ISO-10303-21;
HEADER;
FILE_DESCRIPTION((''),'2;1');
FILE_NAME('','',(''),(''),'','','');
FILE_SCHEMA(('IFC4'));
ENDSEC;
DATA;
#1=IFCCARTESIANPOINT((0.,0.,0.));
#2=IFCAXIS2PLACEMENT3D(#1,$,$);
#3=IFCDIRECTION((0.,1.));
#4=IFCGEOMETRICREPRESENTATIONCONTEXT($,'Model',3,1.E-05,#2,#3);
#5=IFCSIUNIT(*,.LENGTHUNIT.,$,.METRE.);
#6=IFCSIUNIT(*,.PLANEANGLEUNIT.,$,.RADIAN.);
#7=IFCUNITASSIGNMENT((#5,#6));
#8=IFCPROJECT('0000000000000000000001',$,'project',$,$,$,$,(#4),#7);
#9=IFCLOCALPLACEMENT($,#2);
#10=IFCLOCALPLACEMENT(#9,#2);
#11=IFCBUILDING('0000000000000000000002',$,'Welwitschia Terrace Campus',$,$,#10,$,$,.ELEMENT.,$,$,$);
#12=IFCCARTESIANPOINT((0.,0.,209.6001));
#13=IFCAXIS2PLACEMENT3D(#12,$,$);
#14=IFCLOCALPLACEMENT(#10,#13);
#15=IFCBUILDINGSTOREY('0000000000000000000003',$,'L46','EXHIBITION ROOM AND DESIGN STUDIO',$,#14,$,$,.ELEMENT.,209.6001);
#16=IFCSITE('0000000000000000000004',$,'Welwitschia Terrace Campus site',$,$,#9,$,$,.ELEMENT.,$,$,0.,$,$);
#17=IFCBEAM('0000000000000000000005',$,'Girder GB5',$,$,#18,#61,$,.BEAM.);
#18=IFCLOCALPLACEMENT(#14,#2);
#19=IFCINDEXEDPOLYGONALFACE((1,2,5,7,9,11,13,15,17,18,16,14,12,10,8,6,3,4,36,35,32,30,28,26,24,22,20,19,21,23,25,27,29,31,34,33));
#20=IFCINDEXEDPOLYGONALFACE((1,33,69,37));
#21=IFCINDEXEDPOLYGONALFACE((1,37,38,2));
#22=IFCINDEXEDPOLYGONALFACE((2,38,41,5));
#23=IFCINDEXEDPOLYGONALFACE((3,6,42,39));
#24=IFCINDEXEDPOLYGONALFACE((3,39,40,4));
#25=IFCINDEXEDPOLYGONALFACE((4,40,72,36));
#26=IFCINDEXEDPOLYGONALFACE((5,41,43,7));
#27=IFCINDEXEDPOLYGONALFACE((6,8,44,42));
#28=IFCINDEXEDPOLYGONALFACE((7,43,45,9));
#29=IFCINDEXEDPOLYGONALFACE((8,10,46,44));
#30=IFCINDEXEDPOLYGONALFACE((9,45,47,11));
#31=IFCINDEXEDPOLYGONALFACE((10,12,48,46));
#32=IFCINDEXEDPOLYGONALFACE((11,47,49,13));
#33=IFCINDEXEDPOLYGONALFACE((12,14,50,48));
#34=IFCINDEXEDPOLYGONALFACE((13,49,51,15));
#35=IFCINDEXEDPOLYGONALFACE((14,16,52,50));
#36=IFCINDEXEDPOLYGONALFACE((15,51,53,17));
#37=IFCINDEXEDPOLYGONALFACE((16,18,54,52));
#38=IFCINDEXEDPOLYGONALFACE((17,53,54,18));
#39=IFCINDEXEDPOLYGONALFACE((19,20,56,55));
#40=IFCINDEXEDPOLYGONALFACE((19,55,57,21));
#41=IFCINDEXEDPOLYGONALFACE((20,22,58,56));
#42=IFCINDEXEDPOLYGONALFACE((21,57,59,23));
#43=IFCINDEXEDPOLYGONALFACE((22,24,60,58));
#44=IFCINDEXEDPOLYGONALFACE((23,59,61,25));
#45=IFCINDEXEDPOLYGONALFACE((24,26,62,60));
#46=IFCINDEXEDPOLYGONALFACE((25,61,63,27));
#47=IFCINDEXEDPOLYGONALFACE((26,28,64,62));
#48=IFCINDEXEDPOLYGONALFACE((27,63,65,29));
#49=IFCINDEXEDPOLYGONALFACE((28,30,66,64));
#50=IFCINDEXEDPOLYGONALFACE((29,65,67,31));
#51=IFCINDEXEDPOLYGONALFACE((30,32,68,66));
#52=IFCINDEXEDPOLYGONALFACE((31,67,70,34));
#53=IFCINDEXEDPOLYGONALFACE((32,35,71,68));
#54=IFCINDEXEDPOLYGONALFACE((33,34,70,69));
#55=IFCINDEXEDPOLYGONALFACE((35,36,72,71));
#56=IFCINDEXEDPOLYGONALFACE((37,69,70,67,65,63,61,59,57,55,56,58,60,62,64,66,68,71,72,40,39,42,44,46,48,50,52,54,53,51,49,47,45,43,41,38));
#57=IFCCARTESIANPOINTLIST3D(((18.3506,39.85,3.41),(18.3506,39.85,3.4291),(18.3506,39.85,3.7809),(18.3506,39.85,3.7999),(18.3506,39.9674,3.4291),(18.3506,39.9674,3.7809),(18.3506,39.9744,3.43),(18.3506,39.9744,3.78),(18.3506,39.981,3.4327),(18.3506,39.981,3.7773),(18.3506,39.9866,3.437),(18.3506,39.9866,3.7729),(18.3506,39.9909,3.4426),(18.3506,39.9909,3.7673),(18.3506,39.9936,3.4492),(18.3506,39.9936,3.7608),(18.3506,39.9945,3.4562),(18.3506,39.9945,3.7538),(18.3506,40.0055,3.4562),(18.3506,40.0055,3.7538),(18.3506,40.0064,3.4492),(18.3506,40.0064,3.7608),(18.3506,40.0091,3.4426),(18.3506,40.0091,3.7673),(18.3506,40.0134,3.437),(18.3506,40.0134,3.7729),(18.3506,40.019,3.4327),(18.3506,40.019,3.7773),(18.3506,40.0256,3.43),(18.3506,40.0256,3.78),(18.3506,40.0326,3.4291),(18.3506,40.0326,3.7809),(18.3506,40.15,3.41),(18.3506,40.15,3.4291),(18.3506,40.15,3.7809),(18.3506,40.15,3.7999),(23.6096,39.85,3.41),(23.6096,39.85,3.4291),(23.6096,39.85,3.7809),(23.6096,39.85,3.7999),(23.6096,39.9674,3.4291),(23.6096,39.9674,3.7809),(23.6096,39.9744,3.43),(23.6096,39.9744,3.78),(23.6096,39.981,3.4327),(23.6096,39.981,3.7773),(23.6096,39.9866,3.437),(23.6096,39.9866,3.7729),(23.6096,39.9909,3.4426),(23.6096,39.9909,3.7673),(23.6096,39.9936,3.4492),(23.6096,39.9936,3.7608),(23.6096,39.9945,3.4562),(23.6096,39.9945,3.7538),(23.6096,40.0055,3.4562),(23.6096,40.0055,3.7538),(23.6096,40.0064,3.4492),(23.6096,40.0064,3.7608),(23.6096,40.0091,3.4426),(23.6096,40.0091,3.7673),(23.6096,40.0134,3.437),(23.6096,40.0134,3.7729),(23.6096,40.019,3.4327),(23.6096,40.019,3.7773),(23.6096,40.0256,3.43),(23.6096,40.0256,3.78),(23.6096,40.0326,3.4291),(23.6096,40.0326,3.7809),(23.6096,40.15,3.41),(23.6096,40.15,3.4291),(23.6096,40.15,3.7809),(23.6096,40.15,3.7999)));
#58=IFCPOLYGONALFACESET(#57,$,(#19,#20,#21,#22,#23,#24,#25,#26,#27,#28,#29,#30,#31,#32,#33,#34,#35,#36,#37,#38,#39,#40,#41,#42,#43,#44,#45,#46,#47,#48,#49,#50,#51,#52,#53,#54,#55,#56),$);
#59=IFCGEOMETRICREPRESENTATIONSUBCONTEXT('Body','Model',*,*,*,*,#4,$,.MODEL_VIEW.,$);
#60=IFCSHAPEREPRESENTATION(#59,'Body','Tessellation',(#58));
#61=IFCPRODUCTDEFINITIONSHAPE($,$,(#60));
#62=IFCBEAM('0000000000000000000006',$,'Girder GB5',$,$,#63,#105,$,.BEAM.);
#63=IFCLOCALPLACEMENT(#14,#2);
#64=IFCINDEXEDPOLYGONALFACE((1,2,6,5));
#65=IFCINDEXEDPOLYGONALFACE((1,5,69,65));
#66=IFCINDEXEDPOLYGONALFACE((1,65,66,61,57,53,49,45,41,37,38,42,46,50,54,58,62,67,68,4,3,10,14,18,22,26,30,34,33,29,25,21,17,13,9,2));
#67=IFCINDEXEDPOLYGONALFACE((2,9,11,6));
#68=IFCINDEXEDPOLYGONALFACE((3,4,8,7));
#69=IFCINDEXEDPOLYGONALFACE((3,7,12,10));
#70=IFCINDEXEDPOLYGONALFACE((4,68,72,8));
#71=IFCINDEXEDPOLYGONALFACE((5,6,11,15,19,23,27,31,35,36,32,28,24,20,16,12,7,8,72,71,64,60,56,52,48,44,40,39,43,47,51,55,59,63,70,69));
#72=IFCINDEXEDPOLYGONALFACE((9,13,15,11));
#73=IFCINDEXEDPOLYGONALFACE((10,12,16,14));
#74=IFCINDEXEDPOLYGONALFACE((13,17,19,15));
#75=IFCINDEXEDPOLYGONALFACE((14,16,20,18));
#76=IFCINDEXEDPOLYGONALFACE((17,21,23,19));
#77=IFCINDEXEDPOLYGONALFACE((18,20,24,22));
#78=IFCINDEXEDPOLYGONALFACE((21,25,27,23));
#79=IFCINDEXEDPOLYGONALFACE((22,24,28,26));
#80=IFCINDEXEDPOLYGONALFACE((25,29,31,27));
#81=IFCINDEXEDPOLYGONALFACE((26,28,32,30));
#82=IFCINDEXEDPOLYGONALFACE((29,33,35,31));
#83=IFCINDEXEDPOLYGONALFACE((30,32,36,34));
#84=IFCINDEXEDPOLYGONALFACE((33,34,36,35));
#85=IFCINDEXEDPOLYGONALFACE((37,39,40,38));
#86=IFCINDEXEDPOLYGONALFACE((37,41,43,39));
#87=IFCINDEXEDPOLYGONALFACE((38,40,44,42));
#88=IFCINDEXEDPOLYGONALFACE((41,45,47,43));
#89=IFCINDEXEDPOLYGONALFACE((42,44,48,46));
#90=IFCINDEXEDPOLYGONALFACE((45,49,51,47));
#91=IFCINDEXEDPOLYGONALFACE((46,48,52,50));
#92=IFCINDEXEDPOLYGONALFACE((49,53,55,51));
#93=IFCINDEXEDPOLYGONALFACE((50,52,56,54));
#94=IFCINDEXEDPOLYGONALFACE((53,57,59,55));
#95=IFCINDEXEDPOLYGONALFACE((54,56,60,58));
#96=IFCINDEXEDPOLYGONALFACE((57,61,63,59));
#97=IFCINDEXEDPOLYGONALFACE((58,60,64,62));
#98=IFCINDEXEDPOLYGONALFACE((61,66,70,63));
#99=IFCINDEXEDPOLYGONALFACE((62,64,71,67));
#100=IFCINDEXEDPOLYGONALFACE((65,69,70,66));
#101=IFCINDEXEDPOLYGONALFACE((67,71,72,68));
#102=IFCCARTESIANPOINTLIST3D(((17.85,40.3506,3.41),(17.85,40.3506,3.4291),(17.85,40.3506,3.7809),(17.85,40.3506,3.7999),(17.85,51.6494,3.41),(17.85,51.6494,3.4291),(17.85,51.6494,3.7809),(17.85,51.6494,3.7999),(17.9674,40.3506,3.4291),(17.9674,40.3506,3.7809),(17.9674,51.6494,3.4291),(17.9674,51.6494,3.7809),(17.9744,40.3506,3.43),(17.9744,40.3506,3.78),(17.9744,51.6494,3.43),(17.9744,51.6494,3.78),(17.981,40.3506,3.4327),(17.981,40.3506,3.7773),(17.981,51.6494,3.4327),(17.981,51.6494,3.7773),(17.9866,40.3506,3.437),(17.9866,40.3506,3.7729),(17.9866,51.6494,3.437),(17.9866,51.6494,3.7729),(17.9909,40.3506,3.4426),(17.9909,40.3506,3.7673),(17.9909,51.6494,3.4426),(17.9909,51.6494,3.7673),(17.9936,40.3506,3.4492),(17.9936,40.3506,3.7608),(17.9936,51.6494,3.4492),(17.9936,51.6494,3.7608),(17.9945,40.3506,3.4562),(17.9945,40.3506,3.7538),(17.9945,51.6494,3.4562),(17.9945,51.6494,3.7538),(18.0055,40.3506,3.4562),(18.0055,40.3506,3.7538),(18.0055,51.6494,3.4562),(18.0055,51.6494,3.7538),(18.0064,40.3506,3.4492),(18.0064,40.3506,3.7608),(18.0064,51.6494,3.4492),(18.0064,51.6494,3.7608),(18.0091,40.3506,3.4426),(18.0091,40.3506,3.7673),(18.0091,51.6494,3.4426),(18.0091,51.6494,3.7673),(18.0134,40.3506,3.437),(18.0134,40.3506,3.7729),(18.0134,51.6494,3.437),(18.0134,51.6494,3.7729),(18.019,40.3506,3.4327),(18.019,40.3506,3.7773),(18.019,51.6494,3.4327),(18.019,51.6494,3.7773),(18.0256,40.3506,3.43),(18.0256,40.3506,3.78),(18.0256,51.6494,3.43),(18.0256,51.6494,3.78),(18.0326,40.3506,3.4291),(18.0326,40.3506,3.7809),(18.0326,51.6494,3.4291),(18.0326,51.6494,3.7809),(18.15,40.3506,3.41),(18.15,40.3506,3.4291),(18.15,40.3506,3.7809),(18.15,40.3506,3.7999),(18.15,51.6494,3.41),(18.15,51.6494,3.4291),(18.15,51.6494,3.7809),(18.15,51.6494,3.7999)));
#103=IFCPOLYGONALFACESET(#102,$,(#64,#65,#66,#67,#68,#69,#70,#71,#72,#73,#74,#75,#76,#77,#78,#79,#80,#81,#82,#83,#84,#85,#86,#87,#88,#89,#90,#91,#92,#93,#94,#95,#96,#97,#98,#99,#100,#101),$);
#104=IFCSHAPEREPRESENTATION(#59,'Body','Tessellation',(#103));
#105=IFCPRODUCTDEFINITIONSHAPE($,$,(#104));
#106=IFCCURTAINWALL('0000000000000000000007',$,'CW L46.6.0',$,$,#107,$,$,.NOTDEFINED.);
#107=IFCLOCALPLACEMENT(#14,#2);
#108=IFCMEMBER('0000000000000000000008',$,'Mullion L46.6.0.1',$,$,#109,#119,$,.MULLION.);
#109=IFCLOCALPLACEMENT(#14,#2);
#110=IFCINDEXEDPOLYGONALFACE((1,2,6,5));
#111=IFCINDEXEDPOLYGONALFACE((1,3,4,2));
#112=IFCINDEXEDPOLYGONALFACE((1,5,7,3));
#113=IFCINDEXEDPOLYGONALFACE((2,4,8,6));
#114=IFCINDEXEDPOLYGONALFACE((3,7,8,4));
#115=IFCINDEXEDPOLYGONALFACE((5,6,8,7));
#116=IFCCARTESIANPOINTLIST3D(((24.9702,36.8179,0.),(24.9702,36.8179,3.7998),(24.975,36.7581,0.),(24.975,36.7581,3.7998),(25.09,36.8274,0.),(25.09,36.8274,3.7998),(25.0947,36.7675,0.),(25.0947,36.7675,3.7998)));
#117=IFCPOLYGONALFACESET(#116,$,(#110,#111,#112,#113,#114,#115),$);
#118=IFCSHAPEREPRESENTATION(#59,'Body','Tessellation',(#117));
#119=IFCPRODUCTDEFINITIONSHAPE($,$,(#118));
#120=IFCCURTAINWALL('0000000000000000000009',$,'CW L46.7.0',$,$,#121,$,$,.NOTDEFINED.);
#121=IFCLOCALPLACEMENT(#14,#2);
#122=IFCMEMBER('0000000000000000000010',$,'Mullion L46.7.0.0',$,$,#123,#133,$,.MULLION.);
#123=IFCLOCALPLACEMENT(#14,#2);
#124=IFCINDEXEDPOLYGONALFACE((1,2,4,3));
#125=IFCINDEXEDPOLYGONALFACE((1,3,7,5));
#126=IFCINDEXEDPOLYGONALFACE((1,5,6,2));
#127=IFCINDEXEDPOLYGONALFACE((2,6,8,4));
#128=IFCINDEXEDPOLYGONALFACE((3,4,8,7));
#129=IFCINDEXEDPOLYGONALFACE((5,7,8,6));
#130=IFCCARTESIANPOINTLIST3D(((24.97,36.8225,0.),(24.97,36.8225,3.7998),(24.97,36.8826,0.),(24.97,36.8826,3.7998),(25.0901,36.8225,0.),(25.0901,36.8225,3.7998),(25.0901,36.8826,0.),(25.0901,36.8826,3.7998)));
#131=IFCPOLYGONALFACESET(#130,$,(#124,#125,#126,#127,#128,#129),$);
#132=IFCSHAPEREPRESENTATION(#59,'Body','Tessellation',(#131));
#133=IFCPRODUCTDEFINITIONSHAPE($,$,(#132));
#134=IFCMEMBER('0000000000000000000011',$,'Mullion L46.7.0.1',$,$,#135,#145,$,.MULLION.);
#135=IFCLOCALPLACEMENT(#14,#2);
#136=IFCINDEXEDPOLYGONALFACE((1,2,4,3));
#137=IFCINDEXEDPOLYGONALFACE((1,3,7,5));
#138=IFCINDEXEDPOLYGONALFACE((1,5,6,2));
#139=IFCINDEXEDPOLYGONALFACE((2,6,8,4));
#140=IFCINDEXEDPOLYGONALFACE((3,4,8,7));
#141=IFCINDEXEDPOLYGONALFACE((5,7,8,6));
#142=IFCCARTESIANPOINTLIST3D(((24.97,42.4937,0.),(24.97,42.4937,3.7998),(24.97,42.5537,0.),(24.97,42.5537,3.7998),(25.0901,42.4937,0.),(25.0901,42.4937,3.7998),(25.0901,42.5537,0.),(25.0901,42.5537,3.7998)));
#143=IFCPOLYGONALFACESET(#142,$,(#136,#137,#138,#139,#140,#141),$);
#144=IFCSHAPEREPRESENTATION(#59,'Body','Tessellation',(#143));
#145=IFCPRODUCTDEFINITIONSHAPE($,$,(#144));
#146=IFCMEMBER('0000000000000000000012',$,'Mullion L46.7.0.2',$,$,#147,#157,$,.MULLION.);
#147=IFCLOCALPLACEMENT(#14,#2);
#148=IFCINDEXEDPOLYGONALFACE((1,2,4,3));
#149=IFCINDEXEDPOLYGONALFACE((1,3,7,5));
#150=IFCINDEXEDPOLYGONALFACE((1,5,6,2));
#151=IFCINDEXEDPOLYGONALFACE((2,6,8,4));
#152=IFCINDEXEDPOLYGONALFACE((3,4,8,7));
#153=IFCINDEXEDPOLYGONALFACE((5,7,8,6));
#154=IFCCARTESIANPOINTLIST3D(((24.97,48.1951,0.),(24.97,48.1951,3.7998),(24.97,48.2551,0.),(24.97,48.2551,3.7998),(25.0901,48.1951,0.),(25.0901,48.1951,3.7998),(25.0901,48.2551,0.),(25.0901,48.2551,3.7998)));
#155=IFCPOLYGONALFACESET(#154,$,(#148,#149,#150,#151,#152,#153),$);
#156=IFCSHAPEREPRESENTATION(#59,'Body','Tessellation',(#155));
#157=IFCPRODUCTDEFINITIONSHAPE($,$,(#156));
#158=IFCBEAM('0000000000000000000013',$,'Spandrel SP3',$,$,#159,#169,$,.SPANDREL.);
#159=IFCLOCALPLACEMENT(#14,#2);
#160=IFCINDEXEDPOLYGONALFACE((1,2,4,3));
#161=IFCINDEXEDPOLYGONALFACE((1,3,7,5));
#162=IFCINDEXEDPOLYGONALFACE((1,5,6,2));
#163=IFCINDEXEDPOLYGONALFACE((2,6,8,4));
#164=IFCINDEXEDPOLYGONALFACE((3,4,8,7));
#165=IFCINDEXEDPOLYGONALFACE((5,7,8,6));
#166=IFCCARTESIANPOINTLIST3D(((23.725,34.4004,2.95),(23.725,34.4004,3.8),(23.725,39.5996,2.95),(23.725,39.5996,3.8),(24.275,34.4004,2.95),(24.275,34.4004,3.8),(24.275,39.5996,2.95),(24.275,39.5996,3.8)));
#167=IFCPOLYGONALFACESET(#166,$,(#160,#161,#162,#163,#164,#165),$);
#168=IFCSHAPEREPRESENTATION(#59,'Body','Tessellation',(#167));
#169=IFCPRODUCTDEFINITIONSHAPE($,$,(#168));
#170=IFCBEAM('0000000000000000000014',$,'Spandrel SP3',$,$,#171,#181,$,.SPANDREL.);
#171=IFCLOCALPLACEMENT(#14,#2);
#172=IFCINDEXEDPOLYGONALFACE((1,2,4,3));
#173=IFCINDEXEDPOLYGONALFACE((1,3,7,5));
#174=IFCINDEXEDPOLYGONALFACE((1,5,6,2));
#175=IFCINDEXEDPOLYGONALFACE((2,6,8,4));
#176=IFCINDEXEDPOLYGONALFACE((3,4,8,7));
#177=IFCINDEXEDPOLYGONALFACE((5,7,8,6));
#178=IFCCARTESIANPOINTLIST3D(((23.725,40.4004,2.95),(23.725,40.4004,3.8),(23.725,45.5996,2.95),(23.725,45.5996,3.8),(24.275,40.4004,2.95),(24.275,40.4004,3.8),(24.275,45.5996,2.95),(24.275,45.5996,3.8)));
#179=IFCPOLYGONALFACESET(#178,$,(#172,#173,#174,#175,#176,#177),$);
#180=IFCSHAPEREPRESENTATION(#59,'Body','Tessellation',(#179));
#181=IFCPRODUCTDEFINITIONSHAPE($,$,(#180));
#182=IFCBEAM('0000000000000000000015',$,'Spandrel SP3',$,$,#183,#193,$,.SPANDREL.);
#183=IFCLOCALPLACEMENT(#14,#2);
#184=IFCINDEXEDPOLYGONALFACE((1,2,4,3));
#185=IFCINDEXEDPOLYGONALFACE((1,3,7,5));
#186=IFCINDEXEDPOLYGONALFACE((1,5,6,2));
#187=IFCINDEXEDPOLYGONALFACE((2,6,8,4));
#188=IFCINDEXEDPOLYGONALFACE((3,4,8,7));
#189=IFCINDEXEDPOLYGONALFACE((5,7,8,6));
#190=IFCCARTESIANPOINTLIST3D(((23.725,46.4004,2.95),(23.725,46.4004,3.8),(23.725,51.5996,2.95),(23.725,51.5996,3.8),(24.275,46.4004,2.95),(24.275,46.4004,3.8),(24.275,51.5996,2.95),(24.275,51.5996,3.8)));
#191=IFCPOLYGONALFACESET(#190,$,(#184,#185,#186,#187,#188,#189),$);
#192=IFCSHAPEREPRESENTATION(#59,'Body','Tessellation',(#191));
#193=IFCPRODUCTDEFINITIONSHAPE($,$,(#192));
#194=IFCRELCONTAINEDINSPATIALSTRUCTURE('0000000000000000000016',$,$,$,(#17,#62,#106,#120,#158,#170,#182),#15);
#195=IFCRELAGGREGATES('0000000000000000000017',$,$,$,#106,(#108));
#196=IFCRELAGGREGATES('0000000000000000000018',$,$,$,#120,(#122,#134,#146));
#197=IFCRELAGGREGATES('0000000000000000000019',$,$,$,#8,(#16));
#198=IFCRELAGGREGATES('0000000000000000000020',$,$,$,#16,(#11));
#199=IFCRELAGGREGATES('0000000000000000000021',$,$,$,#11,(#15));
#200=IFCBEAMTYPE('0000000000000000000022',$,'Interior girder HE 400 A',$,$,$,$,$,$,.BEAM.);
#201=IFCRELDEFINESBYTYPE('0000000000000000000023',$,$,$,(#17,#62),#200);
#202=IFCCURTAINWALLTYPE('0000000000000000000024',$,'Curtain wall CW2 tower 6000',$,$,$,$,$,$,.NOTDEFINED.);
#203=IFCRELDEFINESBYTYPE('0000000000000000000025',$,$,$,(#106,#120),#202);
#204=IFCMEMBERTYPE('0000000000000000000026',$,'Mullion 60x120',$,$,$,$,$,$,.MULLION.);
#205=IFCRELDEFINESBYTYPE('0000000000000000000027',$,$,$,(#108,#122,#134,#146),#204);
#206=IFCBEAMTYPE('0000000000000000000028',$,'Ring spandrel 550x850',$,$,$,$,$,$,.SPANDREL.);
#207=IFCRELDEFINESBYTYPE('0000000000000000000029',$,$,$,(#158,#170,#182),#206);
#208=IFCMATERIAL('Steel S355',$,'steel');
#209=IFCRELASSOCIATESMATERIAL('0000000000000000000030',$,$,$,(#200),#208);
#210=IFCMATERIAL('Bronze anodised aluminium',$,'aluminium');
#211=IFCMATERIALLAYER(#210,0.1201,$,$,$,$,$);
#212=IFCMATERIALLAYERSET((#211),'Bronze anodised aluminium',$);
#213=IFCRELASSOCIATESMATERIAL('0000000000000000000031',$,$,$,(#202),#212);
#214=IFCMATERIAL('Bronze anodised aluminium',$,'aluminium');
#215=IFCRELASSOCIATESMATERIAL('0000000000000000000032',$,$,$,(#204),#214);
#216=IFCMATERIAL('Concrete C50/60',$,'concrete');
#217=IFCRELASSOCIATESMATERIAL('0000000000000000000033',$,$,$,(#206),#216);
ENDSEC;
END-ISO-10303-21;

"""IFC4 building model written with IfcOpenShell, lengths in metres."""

from ifc_helpers import new_model, si_unit, direction, frame, origin, origin_2d, place, context, subcontext, project, spatial, rectangle, i_section, extrude, material, layer, layer_set, material_profile, profile_set, type_object, element, aggregate, save


model = new_model("IFC4")

# Units and contexts
model_context = context("Model", 3, precision=1e-05, world=origin(), true_north=direction((0.0, 1.0)))
body_context = subcontext(model_context, "Body", "Model", "MODEL_VIEW")
ifc_project = project(units=[si_unit("LENGTHUNIT", "METRE"), si_unit("PLANEANGLEUNIT", "RADIAN")], contexts=[model_context])

# Site, building, storey
site_placement = place(None, origin())
site = spatial("IfcSite", under=ifc_project, at=site_placement, Name="Welwitschia Terrace Campus site", CompositionType="ELEMENT", RefElevation=0.0)
building_placement = place(site_placement, origin())
building = spatial("IfcBuilding", under=site, at=building_placement, Name="Welwitschia Terrace Campus", CompositionType="ELEMENT")
storey_placement = place(building_placement, frame((0.0, 0.0, 209.6001)))
storey = spatial("IfcBuildingStorey", under=building, at=storey_placement, Name="L46", Description="EXHIBITION ROOM AND DESIGN STUDIO", CompositionType="ELEMENT", Elevation=209.6001)

# Beams
ifc_material_1 = material(Name="Steel S355", Category="steel")
ifc_material_profile_1 = material_profile(ifc_material_1, i_section(OverallWidth=0.3, OverallDepth=0.3899, WebThickness=0.011, FlangeThickness=0.019, FilletRadius=0.0271, at=origin_2d()))
ifc_profile_set_1 = profile_set([ifc_material_profile_1], Name="Steel S355")
beam_type_1 = type_object("IfcBeamType", Name="Interior girder HE 400 A", PredefinedType="BEAM", material=ifc_profile_set_1)
beam_1_placement = place(storey_placement, frame((18.3506, 40.0, 3.605), z_axis=(1.0, 0.0, 0.0), x_axis=(0.0, 1.0, 0.0)))
element("IfcBeam", 1, at=beam_1_placement, inside=storey, type_object=beam_type_1, Name="Girder GB5", PredefinedType="BEAM", context=body_context, shape_type="SweptSolid", body=[
    extrude(i_section(OverallWidth=0.3, OverallDepth=0.3899, WebThickness=0.011, FlangeThickness=0.019, FilletRadius=0.0271, at=origin_2d()), origin(), (0.0, 0.0, 1.0), 5.259),
])
beam_2_placement = place(storey_placement, frame((18.0, 40.3506, 3.605), z_axis=(0.0, 1.0, 0.0), x_axis=(-1.0, 0.0, 0.0)))
element("IfcBeam", 2, at=beam_2_placement, inside=storey, type_object=beam_type_1, Name="Girder GB5", PredefinedType="BEAM", context=body_context, shape_type="SweptSolid", body=[
    extrude(i_section(OverallWidth=0.3, OverallDepth=0.3899, WebThickness=0.011, FlangeThickness=0.019, FilletRadius=0.0271, at=origin_2d()), origin(), (0.0, 0.0, 1.0), 11.2988),
])

# Curtain wall, member
ifc_material_2 = material(Name="Bronze anodised aluminium", Category="aluminium")
ifc_layer_1 = layer(ifc_material_2, 0.1201)
ifc_layer_set_1 = layer_set([ifc_layer_1], Name="Bronze anodised aluminium")
curtain_wall_type = type_object("IfcCurtainWallType", Name="Curtain wall CW2 tower 6000", PredefinedType="NOTDEFINED", material=ifc_layer_set_1)
curtain_wall_1_placement = place(storey_placement, origin())
curtain_wall_1 = element("IfcCurtainWall", 3, at=curtain_wall_1_placement, inside=storey, type_object=curtain_wall_type, Name="CW L46.6.0", PredefinedType="NOTDEFINED")
ifc_material_3 = material(Name="Bronze anodised aluminium", Category="aluminium")
ifc_material_profile_2 = material_profile(ifc_material_3, rectangle(XDim=0.1201, YDim=0.0601, at=origin_2d()))
ifc_profile_set_2 = profile_set([ifc_material_profile_2], Name="Bronze anodised aluminium")
member_type_1 = type_object("IfcMemberType", Name="Mullion 60x120", PredefinedType="MULLION", material=ifc_profile_set_2)
member_1_placement = place(storey_placement, frame((25.0325, 36.7927, 0.0), z_axis=(0.0, 0.0, 1.0), x_axis=(-0.996917, -0.078459, 0.0)))
member_1 = element("IfcMember", 4, at=member_1_placement, type_object=member_type_1, Name="Mullion L46.6.0.1", PredefinedType="MULLION", context=body_context, shape_type="SweptSolid", body=[
    extrude(rectangle(XDim=0.1201, YDim=0.0601, at=origin_2d()), origin(), (0.0, 0.0, 1.0), 3.7998),
])
aggregate(curtain_wall_1, [member_1])

# Curtain wall, members
curtain_wall_2_placement = place(storey_placement, origin())
curtain_wall_2 = element("IfcCurtainWall", 5, at=curtain_wall_2_placement, inside=storey, type_object=curtain_wall_type, Name="CW L46.7.0", PredefinedType="NOTDEFINED")
member_2_placement = place(storey_placement, frame((25.03, 36.8525, 0.0), z_axis=(0.0, 0.0, 1.0), x_axis=(-1.0, 0.0, 0.0)))
member_2 = element("IfcMember", 6, at=member_2_placement, type_object=member_type_1, Name="Mullion L46.7.0.0", PredefinedType="MULLION", context=body_context, shape_type="SweptSolid", body=[
    extrude(rectangle(XDim=0.1201, YDim=0.0601, at=origin_2d()), origin(), (0.0, 0.0, 1.0), 3.7998),
])
member_3_placement = place(storey_placement, frame((25.03, 42.5237, 0.0), z_axis=(0.0, 0.0, 1.0), x_axis=(-1.0, 0.0, 0.0)))
member_3 = element("IfcMember", 7, at=member_3_placement, type_object=member_type_1, Name="Mullion L46.7.0.1", PredefinedType="MULLION", context=body_context, shape_type="SweptSolid", body=[
    extrude(rectangle(XDim=0.1201, YDim=0.0601, at=origin_2d()), origin(), (0.0, 0.0, 1.0), 3.7998),
])
member_4_placement = place(storey_placement, frame((25.03, 48.2251, 0.0), z_axis=(0.0, 0.0, 1.0), x_axis=(-1.0, 0.0, 0.0)))
member_4 = element("IfcMember", 8, at=member_4_placement, type_object=member_type_1, Name="Mullion L46.7.0.2", PredefinedType="MULLION", context=body_context, shape_type="SweptSolid", body=[
    extrude(rectangle(XDim=0.1201, YDim=0.0601, at=origin_2d()), origin(), (0.0, 0.0, 1.0), 3.7998),
])

# Beams
ifc_material_4 = material(Name="Concrete C50/60", Category="concrete")
ifc_material_profile_3 = material_profile(ifc_material_4, rectangle(XDim=0.55, YDim=0.8501, at=origin_2d()))
ifc_profile_set_3 = profile_set([ifc_material_profile_3], Name="Concrete C50/60")
beam_type_2 = type_object("IfcBeamType", Name="Ring spandrel 550x850", PredefinedType="SPANDREL", material=ifc_profile_set_3)
for number, where, z_axis, x_axis, name in (
    (9, (24.0, 34.4004, 3.375), (0.0, 1.0, 0.0), (-1.0, 0.0, 0.0), "Spandrel SP3"),
    (10, (24.0, 40.4004, 3.375), (0.0, 1.0, 0.0), (-1.0, 0.0, 0.0), "Spandrel SP3"),
    (11, (24.0, 46.4004, 3.375), (0.0, 1.0, 0.0), (-1.0, 0.0, 0.0), "Spandrel SP3"),
):
    element("IfcBeam", number, at=place(storey_placement, frame(where, z_axis=z_axis, x_axis=x_axis)), inside=storey, type_object=beam_type_2, Name=name, PredefinedType="SPANDREL", context=body_context, shape_type="SweptSolid", body=[
        extrude(rectangle(XDim=0.55, YDim=0.8501, at=origin_2d()), origin(), (0.0, 0.0, 1.0), 5.1992),
    ])

aggregate(curtain_wall_2, [member_2, member_3, member_4])

save(model, "model.ifc")
